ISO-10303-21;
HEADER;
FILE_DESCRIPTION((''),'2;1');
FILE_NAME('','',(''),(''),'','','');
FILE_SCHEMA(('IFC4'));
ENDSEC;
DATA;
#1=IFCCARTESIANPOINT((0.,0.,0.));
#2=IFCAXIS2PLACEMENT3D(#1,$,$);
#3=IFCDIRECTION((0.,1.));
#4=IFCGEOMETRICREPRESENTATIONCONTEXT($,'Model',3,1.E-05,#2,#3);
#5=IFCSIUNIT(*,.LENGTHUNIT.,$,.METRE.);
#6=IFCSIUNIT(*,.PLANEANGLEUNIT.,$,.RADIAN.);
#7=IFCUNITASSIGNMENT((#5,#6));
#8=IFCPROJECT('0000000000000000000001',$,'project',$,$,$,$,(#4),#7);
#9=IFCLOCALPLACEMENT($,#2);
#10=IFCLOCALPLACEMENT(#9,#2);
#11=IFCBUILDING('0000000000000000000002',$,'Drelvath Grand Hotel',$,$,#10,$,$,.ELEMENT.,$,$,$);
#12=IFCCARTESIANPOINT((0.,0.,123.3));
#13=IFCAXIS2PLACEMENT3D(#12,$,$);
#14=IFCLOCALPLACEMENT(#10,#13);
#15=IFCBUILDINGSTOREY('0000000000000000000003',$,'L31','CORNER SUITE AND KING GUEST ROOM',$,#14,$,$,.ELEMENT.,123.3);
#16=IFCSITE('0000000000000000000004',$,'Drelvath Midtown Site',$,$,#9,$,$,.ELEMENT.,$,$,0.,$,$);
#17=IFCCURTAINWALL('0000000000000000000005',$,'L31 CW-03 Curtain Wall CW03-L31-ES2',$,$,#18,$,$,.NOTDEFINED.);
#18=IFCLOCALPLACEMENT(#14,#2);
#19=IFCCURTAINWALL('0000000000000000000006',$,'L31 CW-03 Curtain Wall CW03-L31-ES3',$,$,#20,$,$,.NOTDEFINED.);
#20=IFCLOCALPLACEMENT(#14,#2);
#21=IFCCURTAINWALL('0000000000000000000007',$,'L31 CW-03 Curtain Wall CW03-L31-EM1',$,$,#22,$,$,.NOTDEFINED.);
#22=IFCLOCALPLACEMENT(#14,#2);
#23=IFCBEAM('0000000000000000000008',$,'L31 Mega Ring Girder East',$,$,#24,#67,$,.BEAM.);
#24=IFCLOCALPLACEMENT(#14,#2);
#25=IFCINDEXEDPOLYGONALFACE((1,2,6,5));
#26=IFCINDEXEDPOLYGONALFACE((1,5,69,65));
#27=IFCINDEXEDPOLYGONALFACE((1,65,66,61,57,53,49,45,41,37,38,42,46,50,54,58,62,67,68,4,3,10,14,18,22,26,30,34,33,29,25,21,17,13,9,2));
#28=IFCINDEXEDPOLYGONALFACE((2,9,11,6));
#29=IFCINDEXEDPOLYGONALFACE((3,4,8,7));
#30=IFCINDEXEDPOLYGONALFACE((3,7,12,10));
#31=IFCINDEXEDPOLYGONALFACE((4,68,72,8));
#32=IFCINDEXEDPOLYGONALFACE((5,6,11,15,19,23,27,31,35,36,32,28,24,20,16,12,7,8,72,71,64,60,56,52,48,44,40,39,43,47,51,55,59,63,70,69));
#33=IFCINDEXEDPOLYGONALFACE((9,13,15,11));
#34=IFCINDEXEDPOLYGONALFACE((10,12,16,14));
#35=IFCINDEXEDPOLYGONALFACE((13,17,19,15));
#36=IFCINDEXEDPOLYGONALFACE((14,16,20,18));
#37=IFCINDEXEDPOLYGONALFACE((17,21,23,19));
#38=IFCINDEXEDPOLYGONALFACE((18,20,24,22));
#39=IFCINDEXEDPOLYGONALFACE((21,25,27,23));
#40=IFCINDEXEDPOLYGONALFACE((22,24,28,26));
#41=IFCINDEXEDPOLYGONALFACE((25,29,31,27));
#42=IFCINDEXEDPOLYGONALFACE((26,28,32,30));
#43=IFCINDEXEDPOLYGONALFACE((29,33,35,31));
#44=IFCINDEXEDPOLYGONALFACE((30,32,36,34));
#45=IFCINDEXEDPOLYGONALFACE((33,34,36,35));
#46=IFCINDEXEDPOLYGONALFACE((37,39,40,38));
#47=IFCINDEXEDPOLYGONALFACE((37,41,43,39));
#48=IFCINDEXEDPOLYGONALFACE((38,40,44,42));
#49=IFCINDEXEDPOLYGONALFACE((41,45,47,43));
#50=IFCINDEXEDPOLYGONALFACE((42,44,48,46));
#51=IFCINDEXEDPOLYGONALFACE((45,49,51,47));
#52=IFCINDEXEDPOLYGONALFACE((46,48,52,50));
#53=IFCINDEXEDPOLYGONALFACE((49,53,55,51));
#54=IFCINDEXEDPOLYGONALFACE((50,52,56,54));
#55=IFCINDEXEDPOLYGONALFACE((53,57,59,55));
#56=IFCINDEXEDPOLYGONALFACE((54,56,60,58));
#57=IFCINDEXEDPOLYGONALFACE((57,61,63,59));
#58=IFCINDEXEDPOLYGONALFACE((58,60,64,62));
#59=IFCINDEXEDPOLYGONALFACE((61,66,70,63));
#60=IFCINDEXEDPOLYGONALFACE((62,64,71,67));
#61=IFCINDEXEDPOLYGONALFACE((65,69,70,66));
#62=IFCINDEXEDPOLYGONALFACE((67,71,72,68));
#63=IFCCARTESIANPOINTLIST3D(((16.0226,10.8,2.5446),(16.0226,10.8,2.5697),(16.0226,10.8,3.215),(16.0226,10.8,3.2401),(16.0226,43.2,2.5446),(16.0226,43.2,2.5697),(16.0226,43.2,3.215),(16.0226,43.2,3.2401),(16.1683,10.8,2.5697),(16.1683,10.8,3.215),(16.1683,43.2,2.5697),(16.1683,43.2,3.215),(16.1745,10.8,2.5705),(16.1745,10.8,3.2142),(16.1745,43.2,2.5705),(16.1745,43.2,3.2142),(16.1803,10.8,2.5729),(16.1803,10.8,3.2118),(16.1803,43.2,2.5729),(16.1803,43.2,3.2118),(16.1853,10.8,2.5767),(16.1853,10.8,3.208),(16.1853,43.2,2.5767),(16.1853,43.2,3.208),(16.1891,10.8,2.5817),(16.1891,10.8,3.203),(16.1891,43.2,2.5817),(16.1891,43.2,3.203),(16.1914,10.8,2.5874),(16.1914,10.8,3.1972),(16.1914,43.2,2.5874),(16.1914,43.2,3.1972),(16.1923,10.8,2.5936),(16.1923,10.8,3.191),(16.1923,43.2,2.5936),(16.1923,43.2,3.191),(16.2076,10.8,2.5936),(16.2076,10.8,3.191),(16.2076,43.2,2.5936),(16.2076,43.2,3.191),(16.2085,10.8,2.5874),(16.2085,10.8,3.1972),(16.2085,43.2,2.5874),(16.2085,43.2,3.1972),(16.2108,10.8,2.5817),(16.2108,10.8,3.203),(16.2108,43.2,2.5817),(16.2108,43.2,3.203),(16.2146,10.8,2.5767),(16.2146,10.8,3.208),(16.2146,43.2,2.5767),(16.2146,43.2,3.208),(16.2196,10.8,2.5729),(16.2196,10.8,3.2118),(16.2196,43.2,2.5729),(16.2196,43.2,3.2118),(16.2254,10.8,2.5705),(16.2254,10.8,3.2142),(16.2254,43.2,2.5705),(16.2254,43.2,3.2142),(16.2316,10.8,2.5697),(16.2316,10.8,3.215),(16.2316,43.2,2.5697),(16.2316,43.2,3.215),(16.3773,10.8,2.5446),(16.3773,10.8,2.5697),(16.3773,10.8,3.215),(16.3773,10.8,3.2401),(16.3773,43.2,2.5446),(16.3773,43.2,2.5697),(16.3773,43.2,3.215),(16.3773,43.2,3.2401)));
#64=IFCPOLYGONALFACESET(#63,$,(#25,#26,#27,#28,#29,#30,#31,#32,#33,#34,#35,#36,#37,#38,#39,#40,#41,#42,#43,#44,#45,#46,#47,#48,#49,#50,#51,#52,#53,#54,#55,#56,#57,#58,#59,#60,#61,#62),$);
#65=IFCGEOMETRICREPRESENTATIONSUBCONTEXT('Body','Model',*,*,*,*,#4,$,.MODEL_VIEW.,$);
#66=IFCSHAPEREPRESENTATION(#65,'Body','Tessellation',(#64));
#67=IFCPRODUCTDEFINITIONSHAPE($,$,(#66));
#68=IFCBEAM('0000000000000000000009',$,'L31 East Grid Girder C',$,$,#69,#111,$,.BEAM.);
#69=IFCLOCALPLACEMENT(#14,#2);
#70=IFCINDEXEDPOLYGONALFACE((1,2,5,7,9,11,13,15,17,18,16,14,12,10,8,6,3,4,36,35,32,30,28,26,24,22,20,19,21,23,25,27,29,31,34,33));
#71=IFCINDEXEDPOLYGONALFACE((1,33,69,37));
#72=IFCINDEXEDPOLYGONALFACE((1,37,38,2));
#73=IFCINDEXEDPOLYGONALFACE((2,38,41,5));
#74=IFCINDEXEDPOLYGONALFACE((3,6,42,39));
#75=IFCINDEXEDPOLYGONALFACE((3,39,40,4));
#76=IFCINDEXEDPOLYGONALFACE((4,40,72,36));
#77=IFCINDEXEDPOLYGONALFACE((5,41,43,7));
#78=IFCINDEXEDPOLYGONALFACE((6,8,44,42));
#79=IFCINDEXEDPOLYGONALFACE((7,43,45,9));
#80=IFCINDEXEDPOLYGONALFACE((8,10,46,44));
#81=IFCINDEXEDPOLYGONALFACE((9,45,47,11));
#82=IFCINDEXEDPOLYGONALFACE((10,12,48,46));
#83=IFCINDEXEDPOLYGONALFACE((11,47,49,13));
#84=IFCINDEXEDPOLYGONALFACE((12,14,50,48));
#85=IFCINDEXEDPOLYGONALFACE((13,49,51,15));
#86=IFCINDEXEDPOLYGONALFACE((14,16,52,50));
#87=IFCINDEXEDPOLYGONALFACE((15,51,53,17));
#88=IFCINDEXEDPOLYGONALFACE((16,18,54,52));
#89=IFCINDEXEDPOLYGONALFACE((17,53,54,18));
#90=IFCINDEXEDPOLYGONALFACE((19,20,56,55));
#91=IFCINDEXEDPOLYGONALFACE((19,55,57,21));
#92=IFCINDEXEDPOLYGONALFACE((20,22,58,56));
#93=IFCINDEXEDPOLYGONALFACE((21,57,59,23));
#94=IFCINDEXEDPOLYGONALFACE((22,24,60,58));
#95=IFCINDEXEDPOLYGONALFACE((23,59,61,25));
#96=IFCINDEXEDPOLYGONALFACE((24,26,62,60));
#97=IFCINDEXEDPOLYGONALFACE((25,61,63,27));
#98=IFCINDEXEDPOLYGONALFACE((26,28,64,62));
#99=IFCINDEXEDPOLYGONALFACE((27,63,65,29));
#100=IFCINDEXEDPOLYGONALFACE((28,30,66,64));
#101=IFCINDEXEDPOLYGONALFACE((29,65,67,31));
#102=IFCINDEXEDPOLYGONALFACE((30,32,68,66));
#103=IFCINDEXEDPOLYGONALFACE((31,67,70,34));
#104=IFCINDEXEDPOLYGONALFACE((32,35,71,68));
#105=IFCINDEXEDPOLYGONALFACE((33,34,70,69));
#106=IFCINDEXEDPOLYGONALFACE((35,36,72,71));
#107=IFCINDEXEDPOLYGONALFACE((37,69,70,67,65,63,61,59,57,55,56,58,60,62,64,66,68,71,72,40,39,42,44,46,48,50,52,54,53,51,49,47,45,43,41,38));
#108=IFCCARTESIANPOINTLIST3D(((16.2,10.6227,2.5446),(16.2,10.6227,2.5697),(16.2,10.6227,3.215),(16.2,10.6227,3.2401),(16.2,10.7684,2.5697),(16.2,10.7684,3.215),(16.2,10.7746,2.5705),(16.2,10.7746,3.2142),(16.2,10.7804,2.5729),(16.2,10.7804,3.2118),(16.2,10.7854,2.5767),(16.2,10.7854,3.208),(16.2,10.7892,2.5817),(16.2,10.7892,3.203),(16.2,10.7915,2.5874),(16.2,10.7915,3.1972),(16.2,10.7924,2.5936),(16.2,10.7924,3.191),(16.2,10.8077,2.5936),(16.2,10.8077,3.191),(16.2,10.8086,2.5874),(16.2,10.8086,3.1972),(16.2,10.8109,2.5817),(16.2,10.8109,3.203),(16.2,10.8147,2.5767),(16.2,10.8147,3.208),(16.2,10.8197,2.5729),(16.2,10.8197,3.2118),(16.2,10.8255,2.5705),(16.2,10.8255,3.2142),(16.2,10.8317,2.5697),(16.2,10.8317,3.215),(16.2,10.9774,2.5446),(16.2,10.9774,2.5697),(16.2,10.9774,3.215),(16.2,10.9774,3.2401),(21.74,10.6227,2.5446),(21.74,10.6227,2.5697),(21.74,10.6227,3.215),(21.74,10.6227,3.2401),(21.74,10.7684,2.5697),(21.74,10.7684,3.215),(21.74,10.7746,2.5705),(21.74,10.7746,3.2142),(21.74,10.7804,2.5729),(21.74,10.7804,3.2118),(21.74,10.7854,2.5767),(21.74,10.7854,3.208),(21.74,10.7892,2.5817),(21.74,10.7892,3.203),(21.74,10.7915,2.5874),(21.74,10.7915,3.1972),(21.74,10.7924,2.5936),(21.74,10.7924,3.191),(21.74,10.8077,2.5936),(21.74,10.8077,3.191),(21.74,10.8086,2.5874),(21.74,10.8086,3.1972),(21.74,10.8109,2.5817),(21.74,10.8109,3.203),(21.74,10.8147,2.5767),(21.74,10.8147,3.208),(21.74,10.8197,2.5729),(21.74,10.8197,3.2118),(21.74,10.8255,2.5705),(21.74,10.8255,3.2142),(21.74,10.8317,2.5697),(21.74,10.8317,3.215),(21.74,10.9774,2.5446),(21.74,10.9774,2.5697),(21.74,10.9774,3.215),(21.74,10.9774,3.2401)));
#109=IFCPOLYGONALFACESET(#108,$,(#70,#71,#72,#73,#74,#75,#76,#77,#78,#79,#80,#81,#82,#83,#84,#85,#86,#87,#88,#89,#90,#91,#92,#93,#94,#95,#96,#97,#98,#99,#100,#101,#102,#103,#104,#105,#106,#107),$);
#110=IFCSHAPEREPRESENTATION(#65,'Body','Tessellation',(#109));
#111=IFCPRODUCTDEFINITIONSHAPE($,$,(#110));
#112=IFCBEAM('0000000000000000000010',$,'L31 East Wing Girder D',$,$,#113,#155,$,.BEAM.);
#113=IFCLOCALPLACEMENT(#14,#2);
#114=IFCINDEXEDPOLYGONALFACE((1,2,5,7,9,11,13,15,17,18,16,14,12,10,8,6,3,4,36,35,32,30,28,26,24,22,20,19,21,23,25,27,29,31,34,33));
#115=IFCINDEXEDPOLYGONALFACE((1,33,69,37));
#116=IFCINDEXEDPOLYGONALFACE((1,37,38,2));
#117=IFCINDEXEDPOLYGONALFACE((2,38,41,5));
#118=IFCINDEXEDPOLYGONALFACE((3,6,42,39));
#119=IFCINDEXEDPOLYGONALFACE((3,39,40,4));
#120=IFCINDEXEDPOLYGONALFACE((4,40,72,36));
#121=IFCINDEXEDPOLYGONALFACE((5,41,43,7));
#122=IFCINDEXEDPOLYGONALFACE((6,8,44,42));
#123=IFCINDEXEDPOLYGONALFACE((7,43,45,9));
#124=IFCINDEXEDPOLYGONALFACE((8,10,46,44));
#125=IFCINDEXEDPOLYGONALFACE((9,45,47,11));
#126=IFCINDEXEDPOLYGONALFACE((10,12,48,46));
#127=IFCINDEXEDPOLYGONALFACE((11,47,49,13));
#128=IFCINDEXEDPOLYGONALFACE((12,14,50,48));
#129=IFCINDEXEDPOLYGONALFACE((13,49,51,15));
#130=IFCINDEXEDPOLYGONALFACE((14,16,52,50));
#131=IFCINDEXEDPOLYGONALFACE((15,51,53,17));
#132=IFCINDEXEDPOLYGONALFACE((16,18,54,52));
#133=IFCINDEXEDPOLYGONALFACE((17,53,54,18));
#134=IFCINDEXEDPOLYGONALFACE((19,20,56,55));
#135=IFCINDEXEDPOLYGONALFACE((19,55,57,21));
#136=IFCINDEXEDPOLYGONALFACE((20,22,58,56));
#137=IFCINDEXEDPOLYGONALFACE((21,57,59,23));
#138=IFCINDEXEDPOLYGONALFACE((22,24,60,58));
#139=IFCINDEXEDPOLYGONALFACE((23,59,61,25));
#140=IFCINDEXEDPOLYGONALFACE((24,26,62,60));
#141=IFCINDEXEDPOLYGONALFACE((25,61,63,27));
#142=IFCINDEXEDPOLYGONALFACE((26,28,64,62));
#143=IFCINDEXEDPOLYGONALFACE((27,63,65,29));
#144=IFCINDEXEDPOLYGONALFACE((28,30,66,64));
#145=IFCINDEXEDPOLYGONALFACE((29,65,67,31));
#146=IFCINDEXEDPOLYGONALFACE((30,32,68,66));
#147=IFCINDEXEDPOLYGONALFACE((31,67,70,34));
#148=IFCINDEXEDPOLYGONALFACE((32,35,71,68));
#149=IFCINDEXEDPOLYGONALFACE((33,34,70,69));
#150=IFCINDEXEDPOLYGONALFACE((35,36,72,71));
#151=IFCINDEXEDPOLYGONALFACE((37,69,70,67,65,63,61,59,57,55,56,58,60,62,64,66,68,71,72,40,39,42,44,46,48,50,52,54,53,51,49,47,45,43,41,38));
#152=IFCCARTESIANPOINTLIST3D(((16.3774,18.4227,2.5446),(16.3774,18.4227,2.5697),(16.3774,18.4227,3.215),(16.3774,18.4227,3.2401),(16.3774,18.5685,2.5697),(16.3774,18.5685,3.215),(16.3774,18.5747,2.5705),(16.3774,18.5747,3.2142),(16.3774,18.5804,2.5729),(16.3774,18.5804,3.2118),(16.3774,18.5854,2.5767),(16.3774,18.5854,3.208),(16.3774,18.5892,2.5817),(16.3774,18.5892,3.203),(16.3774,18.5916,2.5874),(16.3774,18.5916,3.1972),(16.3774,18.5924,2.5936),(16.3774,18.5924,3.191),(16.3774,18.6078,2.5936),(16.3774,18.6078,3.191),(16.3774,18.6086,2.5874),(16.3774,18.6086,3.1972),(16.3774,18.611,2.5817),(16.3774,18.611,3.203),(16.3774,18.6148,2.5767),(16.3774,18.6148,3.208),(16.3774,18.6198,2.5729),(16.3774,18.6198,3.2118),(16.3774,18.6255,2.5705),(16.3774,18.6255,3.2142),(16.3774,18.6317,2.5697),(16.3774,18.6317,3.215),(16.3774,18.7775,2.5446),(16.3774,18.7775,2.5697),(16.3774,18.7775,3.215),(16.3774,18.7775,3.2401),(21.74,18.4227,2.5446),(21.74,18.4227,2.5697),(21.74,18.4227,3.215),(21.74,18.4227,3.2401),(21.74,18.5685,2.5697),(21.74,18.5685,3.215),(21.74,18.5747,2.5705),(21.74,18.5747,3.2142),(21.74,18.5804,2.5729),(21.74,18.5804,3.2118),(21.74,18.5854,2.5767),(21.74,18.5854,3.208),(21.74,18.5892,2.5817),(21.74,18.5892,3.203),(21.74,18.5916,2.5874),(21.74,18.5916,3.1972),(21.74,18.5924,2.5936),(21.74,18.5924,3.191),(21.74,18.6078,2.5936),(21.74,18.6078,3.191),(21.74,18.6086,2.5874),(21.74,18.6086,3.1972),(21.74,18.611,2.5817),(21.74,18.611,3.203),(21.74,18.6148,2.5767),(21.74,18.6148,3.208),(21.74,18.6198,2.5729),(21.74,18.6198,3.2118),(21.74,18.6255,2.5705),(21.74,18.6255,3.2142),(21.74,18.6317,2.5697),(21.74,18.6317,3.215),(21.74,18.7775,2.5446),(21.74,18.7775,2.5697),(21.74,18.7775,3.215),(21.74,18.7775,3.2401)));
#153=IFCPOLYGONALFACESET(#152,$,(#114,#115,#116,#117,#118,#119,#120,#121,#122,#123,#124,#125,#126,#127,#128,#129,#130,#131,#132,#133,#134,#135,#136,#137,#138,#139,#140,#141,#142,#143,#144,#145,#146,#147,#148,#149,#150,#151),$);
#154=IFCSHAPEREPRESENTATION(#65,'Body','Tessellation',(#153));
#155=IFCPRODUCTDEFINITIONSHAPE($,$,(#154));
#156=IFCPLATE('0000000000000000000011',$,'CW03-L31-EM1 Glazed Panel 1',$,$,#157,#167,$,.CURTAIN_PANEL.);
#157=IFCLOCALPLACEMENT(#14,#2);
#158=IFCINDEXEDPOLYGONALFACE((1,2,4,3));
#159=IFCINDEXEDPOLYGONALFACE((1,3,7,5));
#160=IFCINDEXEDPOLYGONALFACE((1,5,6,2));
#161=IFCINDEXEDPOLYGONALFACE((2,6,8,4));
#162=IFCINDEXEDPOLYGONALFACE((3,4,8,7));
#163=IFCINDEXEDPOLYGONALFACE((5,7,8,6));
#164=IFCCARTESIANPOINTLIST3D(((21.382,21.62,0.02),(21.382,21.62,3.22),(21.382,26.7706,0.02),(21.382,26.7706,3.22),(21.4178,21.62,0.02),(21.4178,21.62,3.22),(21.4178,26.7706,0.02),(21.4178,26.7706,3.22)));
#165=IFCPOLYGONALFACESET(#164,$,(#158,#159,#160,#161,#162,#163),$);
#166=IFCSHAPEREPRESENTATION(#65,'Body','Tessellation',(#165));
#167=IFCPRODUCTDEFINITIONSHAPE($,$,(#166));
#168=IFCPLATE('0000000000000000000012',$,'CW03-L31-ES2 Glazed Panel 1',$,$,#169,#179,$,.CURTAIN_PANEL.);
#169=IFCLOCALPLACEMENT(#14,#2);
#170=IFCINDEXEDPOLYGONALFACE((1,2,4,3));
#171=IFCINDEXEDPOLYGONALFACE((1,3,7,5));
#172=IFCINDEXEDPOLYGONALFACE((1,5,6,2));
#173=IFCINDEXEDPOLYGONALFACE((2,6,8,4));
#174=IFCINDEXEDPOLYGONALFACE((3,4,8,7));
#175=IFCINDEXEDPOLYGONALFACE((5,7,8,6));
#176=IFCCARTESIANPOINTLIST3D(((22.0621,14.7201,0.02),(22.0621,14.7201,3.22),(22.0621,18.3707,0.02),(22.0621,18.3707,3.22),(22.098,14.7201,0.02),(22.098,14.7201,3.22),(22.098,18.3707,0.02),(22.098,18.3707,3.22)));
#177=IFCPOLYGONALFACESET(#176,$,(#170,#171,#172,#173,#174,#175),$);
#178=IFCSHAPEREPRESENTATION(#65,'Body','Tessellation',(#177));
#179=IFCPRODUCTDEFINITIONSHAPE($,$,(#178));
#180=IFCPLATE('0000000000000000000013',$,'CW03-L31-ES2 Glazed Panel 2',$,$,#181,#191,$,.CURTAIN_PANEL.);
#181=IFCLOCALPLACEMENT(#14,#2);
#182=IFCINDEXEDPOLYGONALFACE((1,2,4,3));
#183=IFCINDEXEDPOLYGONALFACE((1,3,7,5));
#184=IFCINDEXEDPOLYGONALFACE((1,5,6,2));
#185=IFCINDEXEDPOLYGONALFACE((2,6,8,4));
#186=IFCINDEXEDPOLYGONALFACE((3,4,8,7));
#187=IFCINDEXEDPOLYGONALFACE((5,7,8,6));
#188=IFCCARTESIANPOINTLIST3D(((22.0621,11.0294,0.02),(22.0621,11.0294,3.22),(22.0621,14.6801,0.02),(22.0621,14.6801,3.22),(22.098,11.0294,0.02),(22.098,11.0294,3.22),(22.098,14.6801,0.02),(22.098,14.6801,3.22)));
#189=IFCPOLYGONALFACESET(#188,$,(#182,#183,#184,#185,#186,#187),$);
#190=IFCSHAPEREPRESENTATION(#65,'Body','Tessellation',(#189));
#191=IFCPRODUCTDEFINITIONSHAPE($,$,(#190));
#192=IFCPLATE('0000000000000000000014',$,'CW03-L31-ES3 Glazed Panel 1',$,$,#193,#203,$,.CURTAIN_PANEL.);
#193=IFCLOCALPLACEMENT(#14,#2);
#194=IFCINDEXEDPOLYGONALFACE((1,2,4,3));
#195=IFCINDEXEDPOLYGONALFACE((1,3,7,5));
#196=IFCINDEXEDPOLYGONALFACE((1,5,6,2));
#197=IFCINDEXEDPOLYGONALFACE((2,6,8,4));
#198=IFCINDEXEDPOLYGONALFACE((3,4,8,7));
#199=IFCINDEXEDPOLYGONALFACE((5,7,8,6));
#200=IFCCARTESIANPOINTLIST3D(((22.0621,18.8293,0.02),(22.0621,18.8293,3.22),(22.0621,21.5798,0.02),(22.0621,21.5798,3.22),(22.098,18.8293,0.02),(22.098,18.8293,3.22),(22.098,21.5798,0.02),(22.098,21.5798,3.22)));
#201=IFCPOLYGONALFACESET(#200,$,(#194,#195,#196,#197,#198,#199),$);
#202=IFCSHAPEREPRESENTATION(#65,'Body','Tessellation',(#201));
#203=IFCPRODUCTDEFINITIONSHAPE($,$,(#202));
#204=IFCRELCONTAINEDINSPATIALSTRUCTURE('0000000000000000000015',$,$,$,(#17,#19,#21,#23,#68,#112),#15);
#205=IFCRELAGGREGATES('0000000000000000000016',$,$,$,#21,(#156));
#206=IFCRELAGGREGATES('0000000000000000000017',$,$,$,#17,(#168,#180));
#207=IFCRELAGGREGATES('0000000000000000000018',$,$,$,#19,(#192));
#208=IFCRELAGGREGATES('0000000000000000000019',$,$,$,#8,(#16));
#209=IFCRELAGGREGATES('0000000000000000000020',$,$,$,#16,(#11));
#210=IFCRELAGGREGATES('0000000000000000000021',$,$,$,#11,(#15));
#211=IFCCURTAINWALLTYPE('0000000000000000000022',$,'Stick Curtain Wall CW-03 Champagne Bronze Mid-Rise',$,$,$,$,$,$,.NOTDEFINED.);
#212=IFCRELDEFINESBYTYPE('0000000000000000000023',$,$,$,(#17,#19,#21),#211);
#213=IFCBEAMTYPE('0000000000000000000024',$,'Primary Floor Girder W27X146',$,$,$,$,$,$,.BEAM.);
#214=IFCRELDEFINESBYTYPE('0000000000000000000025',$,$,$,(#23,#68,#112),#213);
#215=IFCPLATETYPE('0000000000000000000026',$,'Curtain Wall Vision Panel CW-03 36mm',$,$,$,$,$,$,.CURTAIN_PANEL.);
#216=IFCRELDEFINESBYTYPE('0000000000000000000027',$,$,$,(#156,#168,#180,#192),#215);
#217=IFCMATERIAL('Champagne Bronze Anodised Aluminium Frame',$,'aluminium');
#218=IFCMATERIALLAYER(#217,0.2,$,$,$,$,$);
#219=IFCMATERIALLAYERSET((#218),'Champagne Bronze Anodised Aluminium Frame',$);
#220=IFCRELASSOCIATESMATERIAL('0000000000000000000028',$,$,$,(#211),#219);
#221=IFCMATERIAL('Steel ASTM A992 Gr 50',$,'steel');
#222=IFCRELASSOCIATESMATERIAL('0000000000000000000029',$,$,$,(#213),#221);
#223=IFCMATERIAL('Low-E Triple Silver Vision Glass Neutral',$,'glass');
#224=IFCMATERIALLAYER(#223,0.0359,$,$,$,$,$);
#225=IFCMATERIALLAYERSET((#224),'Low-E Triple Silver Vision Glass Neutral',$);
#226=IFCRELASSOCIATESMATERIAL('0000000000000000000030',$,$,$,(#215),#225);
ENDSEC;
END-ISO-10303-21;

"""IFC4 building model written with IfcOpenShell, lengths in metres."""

from ifc_helpers import new_model, si_unit, direction, frame, origin, origin_2d, place, context, subcontext, project, spatial, rectangle, i_section, extrude, material, layer, layer_set, material_profile, profile_set, type_object, element, aggregate, save


model = new_model("IFC4")

# Units and contexts
model_context = context("Model", 3, precision=1e-05, world=origin(), true_north=direction((0.0, 1.0)))
body_context = subcontext(model_context, "Body", "Model", "MODEL_VIEW")
ifc_project = project(units=[si_unit("LENGTHUNIT", "METRE"), si_unit("PLANEANGLEUNIT", "RADIAN")], contexts=[model_context])

# Site, building, storey
site_placement = place(None, origin())
site = spatial("IfcSite", under=ifc_project, at=site_placement, Name="Drelvath Midtown Site", CompositionType="ELEMENT", RefElevation=0.0)
building_placement = place(site_placement, origin())
building = spatial("IfcBuilding", under=site, at=building_placement, Name="Drelvath Grand Hotel", CompositionType="ELEMENT")
storey_placement = place(building_placement, frame((0.0, 0.0, 123.3)))
storey = spatial("IfcBuildingStorey", under=building, at=storey_placement, Name="L31", Description="CORNER SUITE AND KING GUEST ROOM", CompositionType="ELEMENT", Elevation=123.3)

# Curtain walls
ifc_material_1 = material(Name="Champagne Bronze Anodised Aluminium Frame", Category="aluminium")
ifc_layer_1 = layer(ifc_material_1, 0.2)
ifc_layer_set_1 = layer_set([ifc_layer_1], Name="Champagne Bronze Anodised Aluminium Frame")
curtain_wall_type = type_object("IfcCurtainWallType", Name="Stick Curtain Wall CW-03 Champagne Bronze Mid-Rise", PredefinedType="NOTDEFINED", material=ifc_layer_set_1)
curtain_wall_1_placement = place(storey_placement, origin())
curtain_wall_1 = element("IfcCurtainWall", 1, at=curtain_wall_1_placement, inside=storey, type_object=curtain_wall_type, Name="L31 CW-03 Curtain Wall CW03-L31-ES2", PredefinedType="NOTDEFINED")
curtain_wall_2_placement = place(storey_placement, origin())
curtain_wall_2 = element("IfcCurtainWall", 2, at=curtain_wall_2_placement, inside=storey, type_object=curtain_wall_type, Name="L31 CW-03 Curtain Wall CW03-L31-ES3", PredefinedType="NOTDEFINED")
curtain_wall_3_placement = place(storey_placement, origin())
curtain_wall_3 = element("IfcCurtainWall", 3, at=curtain_wall_3_placement, inside=storey, type_object=curtain_wall_type, Name="L31 CW-03 Curtain Wall CW03-L31-EM1", PredefinedType="NOTDEFINED")

# Beams
ifc_material_2 = material(Name="Steel ASTM A992 Gr 50", Category="steel")
ifc_material_profile_1 = material_profile(ifc_material_2, i_section(OverallWidth=0.3547, OverallDepth=0.6956, WebThickness=0.0154, FlangeThickness=0.0251, FilletRadius=0.0239, at=origin_2d()), Name="W27X146")
ifc_profile_set_1 = profile_set([ifc_material_profile_1], Name="Steel ASTM A992 Gr 50")
beam_type_1 = type_object("IfcBeamType", Name="Primary Floor Girder W27X146", PredefinedType="BEAM", material=ifc_profile_set_1)
beam_1_placement = place(storey_placement, frame((16.2, 10.8, 2.8923), z_axis=(0.0, 1.0, 0.0), x_axis=(-1.0, 0.0, 0.0)))
element("IfcBeam", 4, at=beam_1_placement, inside=storey, type_object=beam_type_1, Name="L31 Mega Ring Girder East", PredefinedType="BEAM", context=body_context, shape_type="SweptSolid", body=[
    extrude(i_section(OverallWidth=0.3547, OverallDepth=0.6956, WebThickness=0.0154, FlangeThickness=0.0251, FilletRadius=0.0239, at=origin_2d()), origin(), (0.0, 0.0, 1.0), 32.3999),
])
beam_2_placement = place(storey_placement, frame((16.2, 10.8, 2.8923), z_axis=(1.0, 0.0, 0.0), x_axis=(0.0, 1.0, 0.0)))
element("IfcBeam", 5, at=beam_2_placement, inside=storey, type_object=beam_type_1, Name="L31 East Grid Girder C", PredefinedType="BEAM", context=body_context, shape_type="SweptSolid", body=[
    extrude(i_section(OverallWidth=0.3547, OverallDepth=0.6956, WebThickness=0.0154, FlangeThickness=0.0251, FilletRadius=0.0239, at=origin_2d()), origin(), (0.0, 0.0, 1.0), 5.54),
])
beam_3_placement = place(storey_placement, frame((16.3774, 18.6001, 2.8923), z_axis=(1.0, 0.0, 0.0), x_axis=(0.0, 1.0, 0.0)))
element("IfcBeam", 6, at=beam_3_placement, inside=storey, type_object=beam_type_1, Name="L31 East Wing Girder D", PredefinedType="BEAM", context=body_context, shape_type="SweptSolid", body=[
    extrude(i_section(OverallWidth=0.3547, OverallDepth=0.6956, WebThickness=0.0154, FlangeThickness=0.0251, FilletRadius=0.0239, at=origin_2d()), origin(), (0.0, 0.0, 1.0), 5.3625),
])

# Plates
ifc_material_3 = material(Name="Low-E Triple Silver Vision Glass Neutral", Category="glass")
ifc_layer_2 = layer(ifc_material_3, 0.0359)
ifc_layer_set_2 = layer_set([ifc_layer_2], Name="Low-E Triple Silver Vision Glass Neutral")
plate_type = type_object("IfcPlateType", Name="Curtain Wall Vision Panel CW-03 36mm", PredefinedType="CURTAIN_PANEL", material=ifc_layer_set_2)
plate_1_placement = place(storey_placement, frame((21.3999, 24.1953, 0.02), z_axis=(0.0, 0.0, 1.0), x_axis=(0.0, -1.0, 0.0)))
plate_1 = element("IfcPlate", 7, at=plate_1_placement, type_object=plate_type, Name="CW03-L31-EM1 Glazed Panel 1", PredefinedType="CURTAIN_PANEL", context=body_context, shape_type="SweptSolid", body=[
    extrude(rectangle(XDim=5.1506, YDim=0.0359, at=origin_2d()), origin(), (0.0, 0.0, 1.0), 3.2),
])
aggregate(curtain_wall_3, [plate_1])
plate_2_placement = place(storey_placement, frame((22.0801, 16.5454, 0.02), z_axis=(0.0, 0.0, 1.0), x_axis=(0.0, -1.0, 0.0)))
plate_2 = element("IfcPlate", 8, at=plate_2_placement, type_object=plate_type, Name="CW03-L31-ES2 Glazed Panel 1", PredefinedType="CURTAIN_PANEL", context=body_context, shape_type="SweptSolid", body=[
    extrude(rectangle(XDim=3.6506, YDim=0.0359, at=origin_2d()), origin(), (0.0, 0.0, 1.0), 3.2),
])
plate_3_placement = place(storey_placement, frame((22.0801, 12.8547, 0.02), z_axis=(0.0, 0.0, 1.0), x_axis=(0.0, -1.0, 0.0)))
plate_3 = element("IfcPlate", 9, at=plate_3_placement, type_object=plate_type, Name="CW03-L31-ES2 Glazed Panel 2", PredefinedType="CURTAIN_PANEL", context=body_context, shape_type="SweptSolid", body=[
    extrude(rectangle(XDim=3.6506, YDim=0.0359, at=origin_2d()), origin(), (0.0, 0.0, 1.0), 3.2),
])
aggregate(curtain_wall_1, [plate_2, plate_3])
plate_4_placement = place(storey_placement, frame((22.0801, 20.2046, 0.02), z_axis=(0.0, 0.0, 1.0), x_axis=(0.0, -1.0, 0.0)))
plate_4 = element("IfcPlate", 10, at=plate_4_placement, type_object=plate_type, Name="CW03-L31-ES3 Glazed Panel 1", PredefinedType="CURTAIN_PANEL", context=body_context, shape_type="SweptSolid", body=[
    extrude(rectangle(XDim=2.7505, YDim=0.0359, at=origin_2d()), origin(), (0.0, 0.0, 1.0), 3.2),
])
aggregate(curtain_wall_2, [plate_4])

save(model, "model.ifc")
